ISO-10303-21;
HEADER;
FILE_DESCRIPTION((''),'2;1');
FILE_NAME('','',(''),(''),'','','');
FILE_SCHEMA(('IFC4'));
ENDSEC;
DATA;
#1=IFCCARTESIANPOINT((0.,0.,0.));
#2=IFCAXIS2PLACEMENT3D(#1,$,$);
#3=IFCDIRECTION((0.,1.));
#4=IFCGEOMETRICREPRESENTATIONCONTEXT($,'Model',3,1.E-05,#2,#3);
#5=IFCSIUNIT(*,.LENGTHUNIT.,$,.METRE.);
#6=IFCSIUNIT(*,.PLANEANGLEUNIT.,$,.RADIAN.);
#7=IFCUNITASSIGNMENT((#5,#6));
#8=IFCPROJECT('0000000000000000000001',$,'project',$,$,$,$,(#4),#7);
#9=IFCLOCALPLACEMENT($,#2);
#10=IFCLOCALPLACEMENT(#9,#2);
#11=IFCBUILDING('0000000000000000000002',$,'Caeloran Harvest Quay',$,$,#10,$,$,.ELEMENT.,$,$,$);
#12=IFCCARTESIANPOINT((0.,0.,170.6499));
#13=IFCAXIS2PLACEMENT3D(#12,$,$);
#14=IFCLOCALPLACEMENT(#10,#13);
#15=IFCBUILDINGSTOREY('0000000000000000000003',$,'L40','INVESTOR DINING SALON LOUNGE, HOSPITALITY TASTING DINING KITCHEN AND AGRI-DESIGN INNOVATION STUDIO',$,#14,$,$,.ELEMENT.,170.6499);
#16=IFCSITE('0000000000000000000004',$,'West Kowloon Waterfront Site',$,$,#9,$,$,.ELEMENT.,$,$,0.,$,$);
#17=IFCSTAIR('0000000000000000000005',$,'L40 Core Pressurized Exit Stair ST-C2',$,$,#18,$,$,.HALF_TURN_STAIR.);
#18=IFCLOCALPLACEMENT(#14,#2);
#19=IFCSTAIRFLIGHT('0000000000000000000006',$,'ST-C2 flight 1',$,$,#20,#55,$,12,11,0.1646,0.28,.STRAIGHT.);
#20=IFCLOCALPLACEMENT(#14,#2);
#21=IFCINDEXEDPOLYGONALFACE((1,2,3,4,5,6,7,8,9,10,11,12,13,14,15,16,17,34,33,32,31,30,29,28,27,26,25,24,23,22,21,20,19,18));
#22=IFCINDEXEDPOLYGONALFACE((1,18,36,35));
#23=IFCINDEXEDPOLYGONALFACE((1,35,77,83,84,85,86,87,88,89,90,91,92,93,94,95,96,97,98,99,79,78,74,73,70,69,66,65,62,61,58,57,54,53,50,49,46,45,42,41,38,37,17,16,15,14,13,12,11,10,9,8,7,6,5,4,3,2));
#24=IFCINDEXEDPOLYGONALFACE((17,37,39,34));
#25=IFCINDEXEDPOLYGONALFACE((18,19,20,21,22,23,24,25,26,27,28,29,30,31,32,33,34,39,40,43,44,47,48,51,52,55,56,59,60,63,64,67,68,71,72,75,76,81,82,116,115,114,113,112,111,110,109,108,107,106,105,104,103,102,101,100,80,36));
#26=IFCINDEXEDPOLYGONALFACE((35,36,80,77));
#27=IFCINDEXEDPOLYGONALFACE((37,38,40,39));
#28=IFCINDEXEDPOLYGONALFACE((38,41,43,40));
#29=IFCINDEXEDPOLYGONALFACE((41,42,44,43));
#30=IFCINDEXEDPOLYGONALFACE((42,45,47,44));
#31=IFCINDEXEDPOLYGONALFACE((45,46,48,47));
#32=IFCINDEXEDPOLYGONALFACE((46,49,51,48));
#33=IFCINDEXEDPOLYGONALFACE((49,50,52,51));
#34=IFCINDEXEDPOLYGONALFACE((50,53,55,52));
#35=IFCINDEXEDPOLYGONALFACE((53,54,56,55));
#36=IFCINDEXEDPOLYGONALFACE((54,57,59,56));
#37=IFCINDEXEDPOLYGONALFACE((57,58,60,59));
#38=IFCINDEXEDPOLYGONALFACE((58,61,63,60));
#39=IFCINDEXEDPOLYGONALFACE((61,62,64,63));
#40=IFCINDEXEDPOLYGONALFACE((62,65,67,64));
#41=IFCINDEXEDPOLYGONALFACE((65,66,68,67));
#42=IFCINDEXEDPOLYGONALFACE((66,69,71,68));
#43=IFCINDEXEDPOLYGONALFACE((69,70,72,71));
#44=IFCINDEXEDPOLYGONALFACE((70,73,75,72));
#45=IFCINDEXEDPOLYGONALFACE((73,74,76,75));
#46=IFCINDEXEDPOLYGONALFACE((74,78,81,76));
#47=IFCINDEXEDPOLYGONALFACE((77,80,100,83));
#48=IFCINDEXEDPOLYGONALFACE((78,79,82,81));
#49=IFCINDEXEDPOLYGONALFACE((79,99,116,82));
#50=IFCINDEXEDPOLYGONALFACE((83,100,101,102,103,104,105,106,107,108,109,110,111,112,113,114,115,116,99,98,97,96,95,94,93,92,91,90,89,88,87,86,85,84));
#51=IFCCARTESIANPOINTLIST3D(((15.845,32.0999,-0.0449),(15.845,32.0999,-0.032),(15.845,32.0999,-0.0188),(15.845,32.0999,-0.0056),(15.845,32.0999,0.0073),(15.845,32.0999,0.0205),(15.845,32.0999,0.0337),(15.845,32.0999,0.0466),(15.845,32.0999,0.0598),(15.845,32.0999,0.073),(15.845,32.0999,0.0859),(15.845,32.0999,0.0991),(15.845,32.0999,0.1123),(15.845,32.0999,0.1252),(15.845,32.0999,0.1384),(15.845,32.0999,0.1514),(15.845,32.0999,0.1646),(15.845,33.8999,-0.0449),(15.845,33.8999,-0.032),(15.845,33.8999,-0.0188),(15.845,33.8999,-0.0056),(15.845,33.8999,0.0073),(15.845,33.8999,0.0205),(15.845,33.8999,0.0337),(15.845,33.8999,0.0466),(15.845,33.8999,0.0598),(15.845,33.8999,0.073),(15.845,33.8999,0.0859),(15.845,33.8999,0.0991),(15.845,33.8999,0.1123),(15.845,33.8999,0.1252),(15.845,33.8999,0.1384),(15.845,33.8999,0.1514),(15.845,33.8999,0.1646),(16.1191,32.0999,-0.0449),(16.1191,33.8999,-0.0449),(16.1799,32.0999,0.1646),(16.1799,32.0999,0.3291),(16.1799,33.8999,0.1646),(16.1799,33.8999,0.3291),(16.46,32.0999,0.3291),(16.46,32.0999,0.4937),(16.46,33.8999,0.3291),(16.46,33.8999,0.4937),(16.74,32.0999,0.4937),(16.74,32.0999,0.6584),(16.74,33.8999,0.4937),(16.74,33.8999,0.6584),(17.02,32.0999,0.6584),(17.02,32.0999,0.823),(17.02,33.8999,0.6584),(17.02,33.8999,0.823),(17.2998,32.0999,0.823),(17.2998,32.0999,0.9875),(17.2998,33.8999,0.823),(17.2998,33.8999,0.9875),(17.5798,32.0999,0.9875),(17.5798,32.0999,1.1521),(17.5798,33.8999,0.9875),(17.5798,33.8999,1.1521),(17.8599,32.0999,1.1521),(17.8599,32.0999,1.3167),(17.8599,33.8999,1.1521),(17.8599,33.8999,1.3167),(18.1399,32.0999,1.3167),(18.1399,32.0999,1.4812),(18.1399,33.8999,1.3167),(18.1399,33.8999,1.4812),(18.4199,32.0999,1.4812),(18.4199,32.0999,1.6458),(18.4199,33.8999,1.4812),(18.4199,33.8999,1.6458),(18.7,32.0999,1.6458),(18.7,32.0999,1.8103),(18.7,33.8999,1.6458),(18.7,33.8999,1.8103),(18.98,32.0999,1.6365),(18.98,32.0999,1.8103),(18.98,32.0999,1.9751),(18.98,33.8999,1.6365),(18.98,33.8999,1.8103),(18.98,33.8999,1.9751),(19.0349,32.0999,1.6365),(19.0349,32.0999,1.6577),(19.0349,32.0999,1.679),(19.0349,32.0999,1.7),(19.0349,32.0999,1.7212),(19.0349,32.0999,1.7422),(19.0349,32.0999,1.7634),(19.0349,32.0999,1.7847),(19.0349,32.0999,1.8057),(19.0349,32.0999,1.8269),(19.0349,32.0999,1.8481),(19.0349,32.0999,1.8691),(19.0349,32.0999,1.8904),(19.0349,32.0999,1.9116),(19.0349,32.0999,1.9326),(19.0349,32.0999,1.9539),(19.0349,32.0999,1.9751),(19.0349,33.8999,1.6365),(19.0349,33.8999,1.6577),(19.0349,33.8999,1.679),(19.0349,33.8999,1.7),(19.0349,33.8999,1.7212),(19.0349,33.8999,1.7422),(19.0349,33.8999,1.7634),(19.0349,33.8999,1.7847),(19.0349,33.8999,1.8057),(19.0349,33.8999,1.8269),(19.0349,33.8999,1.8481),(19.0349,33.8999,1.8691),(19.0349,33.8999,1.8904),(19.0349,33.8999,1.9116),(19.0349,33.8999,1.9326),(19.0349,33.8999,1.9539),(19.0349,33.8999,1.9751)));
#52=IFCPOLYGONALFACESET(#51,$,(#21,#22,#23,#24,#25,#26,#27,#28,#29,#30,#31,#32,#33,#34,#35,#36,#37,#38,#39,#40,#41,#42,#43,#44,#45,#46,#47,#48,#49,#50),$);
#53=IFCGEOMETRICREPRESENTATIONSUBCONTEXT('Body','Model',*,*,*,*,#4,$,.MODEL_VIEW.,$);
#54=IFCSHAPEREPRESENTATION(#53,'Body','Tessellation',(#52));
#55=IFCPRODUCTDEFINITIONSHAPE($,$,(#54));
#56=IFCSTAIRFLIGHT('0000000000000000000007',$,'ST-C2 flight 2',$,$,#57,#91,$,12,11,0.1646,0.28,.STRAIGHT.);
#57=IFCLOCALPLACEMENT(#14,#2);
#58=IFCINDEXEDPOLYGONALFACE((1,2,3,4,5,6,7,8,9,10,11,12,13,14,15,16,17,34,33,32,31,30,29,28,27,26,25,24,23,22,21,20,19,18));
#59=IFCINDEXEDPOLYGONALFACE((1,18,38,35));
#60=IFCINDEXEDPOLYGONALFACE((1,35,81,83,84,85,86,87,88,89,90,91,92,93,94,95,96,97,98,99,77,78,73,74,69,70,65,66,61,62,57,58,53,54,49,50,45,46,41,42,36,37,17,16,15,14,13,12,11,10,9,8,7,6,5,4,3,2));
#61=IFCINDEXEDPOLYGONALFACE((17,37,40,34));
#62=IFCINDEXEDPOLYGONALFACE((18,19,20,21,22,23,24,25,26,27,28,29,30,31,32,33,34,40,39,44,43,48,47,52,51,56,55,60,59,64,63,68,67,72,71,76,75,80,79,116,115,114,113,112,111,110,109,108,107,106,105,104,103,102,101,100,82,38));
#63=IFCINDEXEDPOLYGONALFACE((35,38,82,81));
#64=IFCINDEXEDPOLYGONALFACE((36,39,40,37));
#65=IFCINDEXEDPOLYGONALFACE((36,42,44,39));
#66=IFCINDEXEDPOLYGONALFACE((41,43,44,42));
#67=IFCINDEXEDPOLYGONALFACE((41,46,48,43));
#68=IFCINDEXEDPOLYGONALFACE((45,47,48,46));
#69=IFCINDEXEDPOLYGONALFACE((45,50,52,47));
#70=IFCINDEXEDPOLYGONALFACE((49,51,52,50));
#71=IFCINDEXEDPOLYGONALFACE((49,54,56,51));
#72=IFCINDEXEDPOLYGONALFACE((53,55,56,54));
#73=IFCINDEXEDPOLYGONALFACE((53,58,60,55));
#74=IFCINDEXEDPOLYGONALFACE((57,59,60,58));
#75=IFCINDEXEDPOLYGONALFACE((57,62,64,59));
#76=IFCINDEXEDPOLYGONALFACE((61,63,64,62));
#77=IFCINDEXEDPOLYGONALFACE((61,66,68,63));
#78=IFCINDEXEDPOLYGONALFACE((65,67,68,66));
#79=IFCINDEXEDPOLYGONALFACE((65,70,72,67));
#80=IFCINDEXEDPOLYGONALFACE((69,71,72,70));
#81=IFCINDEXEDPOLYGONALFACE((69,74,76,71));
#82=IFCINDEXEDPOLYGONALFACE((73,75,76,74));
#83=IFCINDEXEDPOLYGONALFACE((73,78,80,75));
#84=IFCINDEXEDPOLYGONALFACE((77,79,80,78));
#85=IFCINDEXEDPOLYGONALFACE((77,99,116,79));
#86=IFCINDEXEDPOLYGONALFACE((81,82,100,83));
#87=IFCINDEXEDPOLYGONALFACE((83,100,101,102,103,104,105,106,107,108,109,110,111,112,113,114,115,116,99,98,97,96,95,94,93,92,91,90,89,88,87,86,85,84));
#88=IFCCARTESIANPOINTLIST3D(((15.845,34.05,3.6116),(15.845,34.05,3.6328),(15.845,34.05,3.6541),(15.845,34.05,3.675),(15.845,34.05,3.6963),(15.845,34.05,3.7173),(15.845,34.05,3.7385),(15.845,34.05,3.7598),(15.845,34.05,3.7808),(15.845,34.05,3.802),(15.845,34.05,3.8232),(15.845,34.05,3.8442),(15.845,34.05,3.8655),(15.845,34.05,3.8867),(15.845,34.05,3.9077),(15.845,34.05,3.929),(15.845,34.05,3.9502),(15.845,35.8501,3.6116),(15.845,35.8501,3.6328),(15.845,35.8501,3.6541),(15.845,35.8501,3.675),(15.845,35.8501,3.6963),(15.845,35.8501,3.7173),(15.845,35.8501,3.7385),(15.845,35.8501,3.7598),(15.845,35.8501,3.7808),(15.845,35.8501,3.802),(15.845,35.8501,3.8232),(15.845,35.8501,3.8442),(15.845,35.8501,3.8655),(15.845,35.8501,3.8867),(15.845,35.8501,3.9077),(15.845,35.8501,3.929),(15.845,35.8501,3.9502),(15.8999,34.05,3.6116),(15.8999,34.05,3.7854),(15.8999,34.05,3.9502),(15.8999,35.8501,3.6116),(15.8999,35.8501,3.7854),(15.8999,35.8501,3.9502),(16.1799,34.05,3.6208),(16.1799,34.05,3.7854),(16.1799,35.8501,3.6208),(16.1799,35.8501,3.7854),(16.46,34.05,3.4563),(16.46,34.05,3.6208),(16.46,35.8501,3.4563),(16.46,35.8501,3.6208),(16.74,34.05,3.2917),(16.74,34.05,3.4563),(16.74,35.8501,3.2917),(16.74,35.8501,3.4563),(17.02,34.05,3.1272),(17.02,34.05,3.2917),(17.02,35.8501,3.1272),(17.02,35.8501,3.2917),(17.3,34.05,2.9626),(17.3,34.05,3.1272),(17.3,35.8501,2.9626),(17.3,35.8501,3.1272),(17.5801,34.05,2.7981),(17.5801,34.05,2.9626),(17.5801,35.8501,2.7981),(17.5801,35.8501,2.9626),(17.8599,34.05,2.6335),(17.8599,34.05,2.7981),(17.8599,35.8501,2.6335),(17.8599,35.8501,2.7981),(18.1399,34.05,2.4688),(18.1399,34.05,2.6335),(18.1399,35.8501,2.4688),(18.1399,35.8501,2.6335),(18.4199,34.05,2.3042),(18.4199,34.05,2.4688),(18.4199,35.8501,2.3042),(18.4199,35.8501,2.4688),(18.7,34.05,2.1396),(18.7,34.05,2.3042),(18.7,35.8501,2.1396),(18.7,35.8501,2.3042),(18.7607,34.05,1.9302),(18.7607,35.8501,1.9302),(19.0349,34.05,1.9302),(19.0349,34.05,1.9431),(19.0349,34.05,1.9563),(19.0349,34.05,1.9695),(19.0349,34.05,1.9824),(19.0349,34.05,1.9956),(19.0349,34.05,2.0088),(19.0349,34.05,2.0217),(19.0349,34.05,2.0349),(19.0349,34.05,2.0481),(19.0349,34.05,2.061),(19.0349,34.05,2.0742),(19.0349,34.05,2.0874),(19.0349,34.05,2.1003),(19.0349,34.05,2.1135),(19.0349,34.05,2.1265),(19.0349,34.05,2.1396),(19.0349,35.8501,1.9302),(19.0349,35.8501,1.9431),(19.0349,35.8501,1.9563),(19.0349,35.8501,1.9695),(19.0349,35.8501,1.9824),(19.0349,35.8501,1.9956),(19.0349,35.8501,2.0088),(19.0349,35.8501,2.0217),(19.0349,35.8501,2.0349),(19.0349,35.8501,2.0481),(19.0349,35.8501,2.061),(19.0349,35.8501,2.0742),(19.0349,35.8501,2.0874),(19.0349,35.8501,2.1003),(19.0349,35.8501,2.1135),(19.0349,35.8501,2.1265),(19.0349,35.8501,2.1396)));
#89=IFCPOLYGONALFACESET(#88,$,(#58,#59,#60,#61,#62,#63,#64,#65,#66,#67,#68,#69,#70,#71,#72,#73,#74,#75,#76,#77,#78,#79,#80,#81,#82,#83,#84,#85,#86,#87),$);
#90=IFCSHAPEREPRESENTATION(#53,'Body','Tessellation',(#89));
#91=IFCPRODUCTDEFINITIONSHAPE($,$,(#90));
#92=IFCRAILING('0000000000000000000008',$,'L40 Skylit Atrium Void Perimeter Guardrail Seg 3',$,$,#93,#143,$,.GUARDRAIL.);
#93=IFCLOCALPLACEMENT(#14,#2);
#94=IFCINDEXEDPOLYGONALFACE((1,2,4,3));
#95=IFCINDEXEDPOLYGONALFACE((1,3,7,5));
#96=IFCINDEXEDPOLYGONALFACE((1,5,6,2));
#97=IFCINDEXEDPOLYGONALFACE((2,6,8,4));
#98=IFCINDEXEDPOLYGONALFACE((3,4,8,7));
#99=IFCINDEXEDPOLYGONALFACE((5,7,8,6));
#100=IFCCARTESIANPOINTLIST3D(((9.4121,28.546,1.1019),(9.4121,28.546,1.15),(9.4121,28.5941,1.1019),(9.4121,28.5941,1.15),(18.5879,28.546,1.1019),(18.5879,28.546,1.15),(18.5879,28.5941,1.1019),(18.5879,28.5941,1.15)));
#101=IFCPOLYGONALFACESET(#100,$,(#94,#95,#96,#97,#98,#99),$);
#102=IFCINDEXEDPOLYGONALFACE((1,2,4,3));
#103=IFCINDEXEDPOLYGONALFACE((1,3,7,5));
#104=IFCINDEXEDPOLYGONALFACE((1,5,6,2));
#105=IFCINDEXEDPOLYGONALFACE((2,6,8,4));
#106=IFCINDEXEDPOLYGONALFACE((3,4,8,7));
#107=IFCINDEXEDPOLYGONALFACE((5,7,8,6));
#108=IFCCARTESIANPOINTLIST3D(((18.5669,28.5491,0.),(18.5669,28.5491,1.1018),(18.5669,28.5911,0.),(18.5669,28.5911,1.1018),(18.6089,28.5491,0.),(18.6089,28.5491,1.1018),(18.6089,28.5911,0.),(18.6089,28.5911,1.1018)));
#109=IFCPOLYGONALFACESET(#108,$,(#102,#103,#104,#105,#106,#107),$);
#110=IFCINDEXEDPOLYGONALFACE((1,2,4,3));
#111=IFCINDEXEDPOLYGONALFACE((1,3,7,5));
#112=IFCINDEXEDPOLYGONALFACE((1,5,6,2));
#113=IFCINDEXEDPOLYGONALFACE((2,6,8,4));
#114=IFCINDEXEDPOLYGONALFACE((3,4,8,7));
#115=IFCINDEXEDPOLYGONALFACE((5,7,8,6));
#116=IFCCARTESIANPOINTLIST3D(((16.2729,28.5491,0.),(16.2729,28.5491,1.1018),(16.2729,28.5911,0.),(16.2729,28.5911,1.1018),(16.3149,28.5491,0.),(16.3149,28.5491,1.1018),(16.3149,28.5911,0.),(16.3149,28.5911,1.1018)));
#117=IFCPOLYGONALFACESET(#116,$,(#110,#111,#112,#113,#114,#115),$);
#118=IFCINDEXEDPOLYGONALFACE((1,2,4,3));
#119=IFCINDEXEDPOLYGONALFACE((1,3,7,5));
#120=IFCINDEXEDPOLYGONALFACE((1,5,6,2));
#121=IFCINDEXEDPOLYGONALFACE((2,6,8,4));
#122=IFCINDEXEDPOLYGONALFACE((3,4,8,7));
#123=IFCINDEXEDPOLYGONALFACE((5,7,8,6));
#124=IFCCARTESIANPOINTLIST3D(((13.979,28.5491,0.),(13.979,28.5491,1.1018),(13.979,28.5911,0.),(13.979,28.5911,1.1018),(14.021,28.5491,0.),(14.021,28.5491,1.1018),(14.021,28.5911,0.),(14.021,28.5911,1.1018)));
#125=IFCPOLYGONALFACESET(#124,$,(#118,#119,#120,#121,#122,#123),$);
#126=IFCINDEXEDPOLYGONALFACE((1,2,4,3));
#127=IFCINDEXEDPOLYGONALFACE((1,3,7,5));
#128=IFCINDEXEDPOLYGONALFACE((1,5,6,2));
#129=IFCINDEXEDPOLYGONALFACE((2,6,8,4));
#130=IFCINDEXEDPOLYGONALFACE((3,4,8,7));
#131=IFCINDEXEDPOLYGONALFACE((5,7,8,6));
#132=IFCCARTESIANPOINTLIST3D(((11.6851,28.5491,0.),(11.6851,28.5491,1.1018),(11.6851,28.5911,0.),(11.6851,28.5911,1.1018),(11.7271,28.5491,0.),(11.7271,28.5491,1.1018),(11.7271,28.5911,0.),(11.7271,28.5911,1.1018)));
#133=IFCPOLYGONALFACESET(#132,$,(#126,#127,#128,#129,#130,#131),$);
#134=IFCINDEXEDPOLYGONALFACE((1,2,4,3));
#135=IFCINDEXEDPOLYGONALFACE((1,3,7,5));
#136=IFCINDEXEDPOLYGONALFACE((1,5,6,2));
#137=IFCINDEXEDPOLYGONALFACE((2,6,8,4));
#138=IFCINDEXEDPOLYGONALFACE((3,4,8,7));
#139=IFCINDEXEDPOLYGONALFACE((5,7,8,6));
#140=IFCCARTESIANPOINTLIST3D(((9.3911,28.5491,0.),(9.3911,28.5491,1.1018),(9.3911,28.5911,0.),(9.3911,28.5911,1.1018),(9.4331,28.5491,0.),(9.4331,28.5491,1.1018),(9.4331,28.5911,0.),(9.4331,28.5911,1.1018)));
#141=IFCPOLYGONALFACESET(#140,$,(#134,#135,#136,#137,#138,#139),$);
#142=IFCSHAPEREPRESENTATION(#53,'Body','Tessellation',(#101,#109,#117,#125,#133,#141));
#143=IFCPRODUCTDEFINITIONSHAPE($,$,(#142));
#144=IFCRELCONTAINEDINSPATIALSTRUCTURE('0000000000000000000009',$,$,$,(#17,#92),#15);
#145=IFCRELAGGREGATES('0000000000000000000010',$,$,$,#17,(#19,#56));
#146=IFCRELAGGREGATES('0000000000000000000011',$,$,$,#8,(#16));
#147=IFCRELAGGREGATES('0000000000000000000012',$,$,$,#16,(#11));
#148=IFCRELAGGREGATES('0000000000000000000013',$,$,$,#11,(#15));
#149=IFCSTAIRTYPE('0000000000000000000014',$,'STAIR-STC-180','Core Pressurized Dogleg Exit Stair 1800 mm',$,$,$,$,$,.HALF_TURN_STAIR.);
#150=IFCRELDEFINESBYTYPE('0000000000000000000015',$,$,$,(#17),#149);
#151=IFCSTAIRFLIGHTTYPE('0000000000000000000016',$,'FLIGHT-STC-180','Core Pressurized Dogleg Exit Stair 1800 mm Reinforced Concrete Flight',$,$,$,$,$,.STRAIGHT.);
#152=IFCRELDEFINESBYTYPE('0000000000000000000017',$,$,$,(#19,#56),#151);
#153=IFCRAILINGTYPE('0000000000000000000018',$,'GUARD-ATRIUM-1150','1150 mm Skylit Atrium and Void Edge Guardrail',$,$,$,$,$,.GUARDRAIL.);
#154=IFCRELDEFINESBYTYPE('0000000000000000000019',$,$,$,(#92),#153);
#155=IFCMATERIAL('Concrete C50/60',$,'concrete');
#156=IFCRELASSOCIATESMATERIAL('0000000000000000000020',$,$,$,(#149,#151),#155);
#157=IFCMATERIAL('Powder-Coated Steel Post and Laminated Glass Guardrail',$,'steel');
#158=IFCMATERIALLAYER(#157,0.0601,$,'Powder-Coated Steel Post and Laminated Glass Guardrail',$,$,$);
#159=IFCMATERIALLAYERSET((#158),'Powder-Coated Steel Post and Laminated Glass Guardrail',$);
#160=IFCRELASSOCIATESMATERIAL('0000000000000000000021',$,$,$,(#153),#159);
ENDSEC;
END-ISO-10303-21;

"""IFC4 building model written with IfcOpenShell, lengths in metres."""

from ifc_helpers import new_model, si_unit, direction, frame, origin, origin_2d, place, context, subcontext, project, spatial, polyline, rectangle, outline, extrude, material, layer, layer_set, type_object, element, aggregate, save


model = new_model("IFC4")

# Units and contexts
model_context = context("Model", 3, precision=1e-05, world=origin(), true_north=direction((0.0, 1.0)))
body_context = subcontext(model_context, "Body", "Model", "MODEL_VIEW")
ifc_project = project(units=[si_unit("LENGTHUNIT", "METRE"), si_unit("PLANEANGLEUNIT", "RADIAN")], contexts=[model_context])

# Site, building, storey
site_placement = place(None, origin())
site = spatial("IfcSite", under=ifc_project, at=site_placement, Name="West Kowloon Waterfront Site", CompositionType="ELEMENT", RefElevation=0.0)
building_placement = place(site_placement, origin())
building = spatial("IfcBuilding", under=site, at=building_placement, Name="Caeloran Harvest Quay", CompositionType="ELEMENT")
storey_placement = place(building_placement, frame((0.0, 0.0, 170.6499)))
storey = spatial("IfcBuildingStorey", under=building, at=storey_placement, Name="L40", Description="INVESTOR DINING SALON LOUNGE, HOSPITALITY TASTING DINING KITCHEN AND AGRI-DESIGN INNOVATION STUDIO", CompositionType="ELEMENT", Elevation=170.6499)

# Stair, stair flights
ifc_material_1 = material(Name="Concrete C50/60", Category="concrete")
stair_type = type_object("IfcStairType", Name="STAIR-STC-180", Description="Core Pressurized Dogleg Exit Stair 1800 mm", PredefinedType="HALF_TURN_STAIR", material=ifc_material_1)
stair_placement = place(storey_placement, origin())
stair = element("IfcStair", 1, at=stair_placement, inside=storey, type_object=stair_type, Name="L40 Core Pressurized Exit Stair ST-C2", PredefinedType="HALF_TURN_STAIR")
stair_flight_type = type_object("IfcStairFlightType", Name="FLIGHT-STC-180", Description="Core Pressurized Dogleg Exit Stair 1800 mm Reinforced Concrete Flight", PredefinedType="STRAIGHT", material=ifc_material_1)
stair_flight_1_placement = place(storey_placement, frame((15.8999, 33.0, 0.0), z_axis=(0.0, 0.0, 1.0), x_axis=(1.0, 0.0, 0.0)))
stair_flight_1 = element("IfcStairFlight", 2, at=stair_flight_1_placement, type_object=stair_flight_type, Name="ST-C2 flight 1", NumberOfRisers=12, NumberOfTreads=11, PredefinedType="STRAIGHT", RiserHeight=0.1646, TreadLength=0.28, context=body_context, shape_type="SweptSolid", body=[
    extrude(outline(polyline([(-0.0549, -0.0449), (-0.0549, -0.032), (-0.0549, -0.0188), (-0.0549, -0.0056), (-0.0549, 0.0073), (-0.0549, 0.0205), (-0.0549, 0.0337), (-0.0549, 0.0466), (-0.0549, 0.0598), (-0.0549, 0.073), (-0.0549, 0.0859), (-0.0549, 0.0991), (-0.0549, 0.1123), (-0.0549, 0.1252), (-0.0549, 0.1384), (-0.0549, 0.1514), (-0.0549, 0.1646), (0.28, 0.1646), (0.28, 0.3291), (0.5601, 0.3291), (0.5601, 0.4937), (0.8401, 0.4937), (0.8401, 0.6584), (1.1201, 0.6584), (1.1201, 0.823), (1.3999, 0.823), (1.3999, 0.9875), (1.6799, 0.9875), (1.6799, 1.1521), (1.96, 1.1521), (1.96, 1.3167), (2.24, 1.3167), (2.24, 1.4812), (2.52, 1.4812), (2.52, 1.6458), (2.8, 1.6458), (2.8, 1.8103), (3.0801, 1.8103), (3.0801, 1.9751), (3.135, 1.9751), (3.135, 1.9539), (3.135, 1.9326), (3.135, 1.9116), (3.135, 1.8904), (3.135, 1.8691), (3.135, 1.8481), (3.135, 1.8269), (3.135, 1.8057), (3.135, 1.7847), (3.135, 1.7634), (3.135, 1.7422), (3.135, 1.7212), (3.135, 1.7), (3.135, 1.679), (3.135, 1.6577), (3.135, 1.6365), (3.0801, 1.6365), (0.2192, -0.0449), (-0.0549, -0.0449)])), frame((0.0, 0.8999, 0.0), z_axis=(0.0, -1.0, 0.0), x_axis=(1.0, 0.0, 0.0)), (0.0, 0.0, 1.0), 1.8),
])
stair_flight_2_placement = place(storey_placement, frame((18.98, 34.95, 1.9751), z_axis=(0.0, 0.0, 1.0), x_axis=(-1.0, 0.0, 0.0)))
stair_flight_2 = element("IfcStairFlight", 3, at=stair_flight_2_placement, type_object=stair_flight_type, Name="ST-C2 flight 2", NumberOfRisers=12, NumberOfTreads=11, PredefinedType="STRAIGHT", RiserHeight=0.1646, TreadLength=0.28, context=body_context, shape_type="SweptSolid", body=[
    extrude(outline(polyline([(-0.0549, -0.0449), (-0.0549, -0.032), (-0.0549, -0.0188), (-0.0549, -0.0056), (-0.0549, 0.0073), (-0.0549, 0.0205), (-0.0549, 0.0337), (-0.0549, 0.0466), (-0.0549, 0.0598), (-0.0549, 0.073), (-0.0549, 0.0859), (-0.0549, 0.0991), (-0.0549, 0.1123), (-0.0549, 0.1252), (-0.0549, 0.1384), (-0.0549, 0.1514), (-0.0549, 0.1646), (0.28, 0.1646), (0.28, 0.3291), (0.5601, 0.3291), (0.5601, 0.4937), (0.8401, 0.4937), (0.8401, 0.6584), (1.1201, 0.6584), (1.1201, 0.823), (1.3999, 0.823), (1.3999, 0.9875), (1.6799, 0.9875), (1.6799, 1.1521), (1.96, 1.1521), (1.96, 1.3167), (2.24, 1.3167), (2.24, 1.4812), (2.52, 1.4812), (2.52, 1.6458), (2.8, 1.6458), (2.8, 1.8103), (3.0801, 1.8103), (3.0801, 1.9751), (3.135, 1.9751), (3.135, 1.9539), (3.135, 1.9326), (3.135, 1.9116), (3.135, 1.8904), (3.135, 1.8691), (3.135, 1.8481), (3.135, 1.8269), (3.135, 1.8057), (3.135, 1.7847), (3.135, 1.7634), (3.135, 1.7422), (3.135, 1.7212), (3.135, 1.7), (3.135, 1.679), (3.135, 1.6577), (3.135, 1.6365), (3.0801, 1.6365), (0.2192, -0.0449), (-0.0549, -0.0449)])), frame((0.0, 0.8999, 0.0), z_axis=(0.0, -1.0, 0.0), x_axis=(1.0, 0.0, 0.0)), (0.0, 0.0, 1.0), 1.8),
])
aggregate(stair, [stair_flight_1, stair_flight_2])

# Railing
ifc_material_2 = material(Name="Powder-Coated Steel Post and Laminated Glass Guardrail", Category="steel")
ifc_layer_1 = layer(ifc_material_2, 0.0601, Name="Powder-Coated Steel Post and Laminated Glass Guardrail")
ifc_layer_set_1 = layer_set([ifc_layer_1], Name="Powder-Coated Steel Post and Laminated Glass Guardrail")
railing_type_1 = type_object("IfcRailingType", Name="GUARD-ATRIUM-1150", Description="1150 mm Skylit Atrium and Void Edge Guardrail", PredefinedType="GUARDRAIL", material=ifc_layer_set_1)
railing_1_placement = place(storey_placement, frame((18.5879, 28.5701, 0.0)))
element("IfcRailing", 4, at=railing_1_placement, inside=storey, type_object=railing_type_1, Name="L40 Skylit Atrium Void Perimeter Guardrail Seg 3", PredefinedType="GUARDRAIL", context=body_context, shape_type="SweptSolid", body=[
    extrude(rectangle(XDim=0.0481, YDim=0.0481, at=origin_2d()), frame((0.0, 0.0, 1.126), z_axis=(-1.0, 0.0, 0.0), x_axis=(0.0, -1.0, 0.0)), (0.0, 0.0, 1.0), 9.1758),
    extrude(rectangle(XDim=0.042, YDim=0.042, at=origin_2d()), origin(), (0.0, 0.0, 1.0), 1.1018),
    extrude(rectangle(XDim=0.042, YDim=0.042, at=origin_2d()), frame((-2.2939, 0.0, 0.0)), (0.0, 0.0, 1.0), 1.1018),
    extrude(rectangle(XDim=0.042, YDim=0.042, at=origin_2d()), frame((-4.5879, 0.0, 0.0)), (0.0, 0.0, 1.0), 1.1018),
    extrude(rectangle(XDim=0.042, YDim=0.042, at=origin_2d()), frame((-6.8818, 0.0, 0.0)), (0.0, 0.0, 1.0), 1.1018),
    extrude(rectangle(XDim=0.042, YDim=0.042, at=origin_2d()), frame((-9.1758, 0.0, 0.0)), (0.0, 0.0, 1.0), 1.1018),
])

save(model, "model.ifc")
